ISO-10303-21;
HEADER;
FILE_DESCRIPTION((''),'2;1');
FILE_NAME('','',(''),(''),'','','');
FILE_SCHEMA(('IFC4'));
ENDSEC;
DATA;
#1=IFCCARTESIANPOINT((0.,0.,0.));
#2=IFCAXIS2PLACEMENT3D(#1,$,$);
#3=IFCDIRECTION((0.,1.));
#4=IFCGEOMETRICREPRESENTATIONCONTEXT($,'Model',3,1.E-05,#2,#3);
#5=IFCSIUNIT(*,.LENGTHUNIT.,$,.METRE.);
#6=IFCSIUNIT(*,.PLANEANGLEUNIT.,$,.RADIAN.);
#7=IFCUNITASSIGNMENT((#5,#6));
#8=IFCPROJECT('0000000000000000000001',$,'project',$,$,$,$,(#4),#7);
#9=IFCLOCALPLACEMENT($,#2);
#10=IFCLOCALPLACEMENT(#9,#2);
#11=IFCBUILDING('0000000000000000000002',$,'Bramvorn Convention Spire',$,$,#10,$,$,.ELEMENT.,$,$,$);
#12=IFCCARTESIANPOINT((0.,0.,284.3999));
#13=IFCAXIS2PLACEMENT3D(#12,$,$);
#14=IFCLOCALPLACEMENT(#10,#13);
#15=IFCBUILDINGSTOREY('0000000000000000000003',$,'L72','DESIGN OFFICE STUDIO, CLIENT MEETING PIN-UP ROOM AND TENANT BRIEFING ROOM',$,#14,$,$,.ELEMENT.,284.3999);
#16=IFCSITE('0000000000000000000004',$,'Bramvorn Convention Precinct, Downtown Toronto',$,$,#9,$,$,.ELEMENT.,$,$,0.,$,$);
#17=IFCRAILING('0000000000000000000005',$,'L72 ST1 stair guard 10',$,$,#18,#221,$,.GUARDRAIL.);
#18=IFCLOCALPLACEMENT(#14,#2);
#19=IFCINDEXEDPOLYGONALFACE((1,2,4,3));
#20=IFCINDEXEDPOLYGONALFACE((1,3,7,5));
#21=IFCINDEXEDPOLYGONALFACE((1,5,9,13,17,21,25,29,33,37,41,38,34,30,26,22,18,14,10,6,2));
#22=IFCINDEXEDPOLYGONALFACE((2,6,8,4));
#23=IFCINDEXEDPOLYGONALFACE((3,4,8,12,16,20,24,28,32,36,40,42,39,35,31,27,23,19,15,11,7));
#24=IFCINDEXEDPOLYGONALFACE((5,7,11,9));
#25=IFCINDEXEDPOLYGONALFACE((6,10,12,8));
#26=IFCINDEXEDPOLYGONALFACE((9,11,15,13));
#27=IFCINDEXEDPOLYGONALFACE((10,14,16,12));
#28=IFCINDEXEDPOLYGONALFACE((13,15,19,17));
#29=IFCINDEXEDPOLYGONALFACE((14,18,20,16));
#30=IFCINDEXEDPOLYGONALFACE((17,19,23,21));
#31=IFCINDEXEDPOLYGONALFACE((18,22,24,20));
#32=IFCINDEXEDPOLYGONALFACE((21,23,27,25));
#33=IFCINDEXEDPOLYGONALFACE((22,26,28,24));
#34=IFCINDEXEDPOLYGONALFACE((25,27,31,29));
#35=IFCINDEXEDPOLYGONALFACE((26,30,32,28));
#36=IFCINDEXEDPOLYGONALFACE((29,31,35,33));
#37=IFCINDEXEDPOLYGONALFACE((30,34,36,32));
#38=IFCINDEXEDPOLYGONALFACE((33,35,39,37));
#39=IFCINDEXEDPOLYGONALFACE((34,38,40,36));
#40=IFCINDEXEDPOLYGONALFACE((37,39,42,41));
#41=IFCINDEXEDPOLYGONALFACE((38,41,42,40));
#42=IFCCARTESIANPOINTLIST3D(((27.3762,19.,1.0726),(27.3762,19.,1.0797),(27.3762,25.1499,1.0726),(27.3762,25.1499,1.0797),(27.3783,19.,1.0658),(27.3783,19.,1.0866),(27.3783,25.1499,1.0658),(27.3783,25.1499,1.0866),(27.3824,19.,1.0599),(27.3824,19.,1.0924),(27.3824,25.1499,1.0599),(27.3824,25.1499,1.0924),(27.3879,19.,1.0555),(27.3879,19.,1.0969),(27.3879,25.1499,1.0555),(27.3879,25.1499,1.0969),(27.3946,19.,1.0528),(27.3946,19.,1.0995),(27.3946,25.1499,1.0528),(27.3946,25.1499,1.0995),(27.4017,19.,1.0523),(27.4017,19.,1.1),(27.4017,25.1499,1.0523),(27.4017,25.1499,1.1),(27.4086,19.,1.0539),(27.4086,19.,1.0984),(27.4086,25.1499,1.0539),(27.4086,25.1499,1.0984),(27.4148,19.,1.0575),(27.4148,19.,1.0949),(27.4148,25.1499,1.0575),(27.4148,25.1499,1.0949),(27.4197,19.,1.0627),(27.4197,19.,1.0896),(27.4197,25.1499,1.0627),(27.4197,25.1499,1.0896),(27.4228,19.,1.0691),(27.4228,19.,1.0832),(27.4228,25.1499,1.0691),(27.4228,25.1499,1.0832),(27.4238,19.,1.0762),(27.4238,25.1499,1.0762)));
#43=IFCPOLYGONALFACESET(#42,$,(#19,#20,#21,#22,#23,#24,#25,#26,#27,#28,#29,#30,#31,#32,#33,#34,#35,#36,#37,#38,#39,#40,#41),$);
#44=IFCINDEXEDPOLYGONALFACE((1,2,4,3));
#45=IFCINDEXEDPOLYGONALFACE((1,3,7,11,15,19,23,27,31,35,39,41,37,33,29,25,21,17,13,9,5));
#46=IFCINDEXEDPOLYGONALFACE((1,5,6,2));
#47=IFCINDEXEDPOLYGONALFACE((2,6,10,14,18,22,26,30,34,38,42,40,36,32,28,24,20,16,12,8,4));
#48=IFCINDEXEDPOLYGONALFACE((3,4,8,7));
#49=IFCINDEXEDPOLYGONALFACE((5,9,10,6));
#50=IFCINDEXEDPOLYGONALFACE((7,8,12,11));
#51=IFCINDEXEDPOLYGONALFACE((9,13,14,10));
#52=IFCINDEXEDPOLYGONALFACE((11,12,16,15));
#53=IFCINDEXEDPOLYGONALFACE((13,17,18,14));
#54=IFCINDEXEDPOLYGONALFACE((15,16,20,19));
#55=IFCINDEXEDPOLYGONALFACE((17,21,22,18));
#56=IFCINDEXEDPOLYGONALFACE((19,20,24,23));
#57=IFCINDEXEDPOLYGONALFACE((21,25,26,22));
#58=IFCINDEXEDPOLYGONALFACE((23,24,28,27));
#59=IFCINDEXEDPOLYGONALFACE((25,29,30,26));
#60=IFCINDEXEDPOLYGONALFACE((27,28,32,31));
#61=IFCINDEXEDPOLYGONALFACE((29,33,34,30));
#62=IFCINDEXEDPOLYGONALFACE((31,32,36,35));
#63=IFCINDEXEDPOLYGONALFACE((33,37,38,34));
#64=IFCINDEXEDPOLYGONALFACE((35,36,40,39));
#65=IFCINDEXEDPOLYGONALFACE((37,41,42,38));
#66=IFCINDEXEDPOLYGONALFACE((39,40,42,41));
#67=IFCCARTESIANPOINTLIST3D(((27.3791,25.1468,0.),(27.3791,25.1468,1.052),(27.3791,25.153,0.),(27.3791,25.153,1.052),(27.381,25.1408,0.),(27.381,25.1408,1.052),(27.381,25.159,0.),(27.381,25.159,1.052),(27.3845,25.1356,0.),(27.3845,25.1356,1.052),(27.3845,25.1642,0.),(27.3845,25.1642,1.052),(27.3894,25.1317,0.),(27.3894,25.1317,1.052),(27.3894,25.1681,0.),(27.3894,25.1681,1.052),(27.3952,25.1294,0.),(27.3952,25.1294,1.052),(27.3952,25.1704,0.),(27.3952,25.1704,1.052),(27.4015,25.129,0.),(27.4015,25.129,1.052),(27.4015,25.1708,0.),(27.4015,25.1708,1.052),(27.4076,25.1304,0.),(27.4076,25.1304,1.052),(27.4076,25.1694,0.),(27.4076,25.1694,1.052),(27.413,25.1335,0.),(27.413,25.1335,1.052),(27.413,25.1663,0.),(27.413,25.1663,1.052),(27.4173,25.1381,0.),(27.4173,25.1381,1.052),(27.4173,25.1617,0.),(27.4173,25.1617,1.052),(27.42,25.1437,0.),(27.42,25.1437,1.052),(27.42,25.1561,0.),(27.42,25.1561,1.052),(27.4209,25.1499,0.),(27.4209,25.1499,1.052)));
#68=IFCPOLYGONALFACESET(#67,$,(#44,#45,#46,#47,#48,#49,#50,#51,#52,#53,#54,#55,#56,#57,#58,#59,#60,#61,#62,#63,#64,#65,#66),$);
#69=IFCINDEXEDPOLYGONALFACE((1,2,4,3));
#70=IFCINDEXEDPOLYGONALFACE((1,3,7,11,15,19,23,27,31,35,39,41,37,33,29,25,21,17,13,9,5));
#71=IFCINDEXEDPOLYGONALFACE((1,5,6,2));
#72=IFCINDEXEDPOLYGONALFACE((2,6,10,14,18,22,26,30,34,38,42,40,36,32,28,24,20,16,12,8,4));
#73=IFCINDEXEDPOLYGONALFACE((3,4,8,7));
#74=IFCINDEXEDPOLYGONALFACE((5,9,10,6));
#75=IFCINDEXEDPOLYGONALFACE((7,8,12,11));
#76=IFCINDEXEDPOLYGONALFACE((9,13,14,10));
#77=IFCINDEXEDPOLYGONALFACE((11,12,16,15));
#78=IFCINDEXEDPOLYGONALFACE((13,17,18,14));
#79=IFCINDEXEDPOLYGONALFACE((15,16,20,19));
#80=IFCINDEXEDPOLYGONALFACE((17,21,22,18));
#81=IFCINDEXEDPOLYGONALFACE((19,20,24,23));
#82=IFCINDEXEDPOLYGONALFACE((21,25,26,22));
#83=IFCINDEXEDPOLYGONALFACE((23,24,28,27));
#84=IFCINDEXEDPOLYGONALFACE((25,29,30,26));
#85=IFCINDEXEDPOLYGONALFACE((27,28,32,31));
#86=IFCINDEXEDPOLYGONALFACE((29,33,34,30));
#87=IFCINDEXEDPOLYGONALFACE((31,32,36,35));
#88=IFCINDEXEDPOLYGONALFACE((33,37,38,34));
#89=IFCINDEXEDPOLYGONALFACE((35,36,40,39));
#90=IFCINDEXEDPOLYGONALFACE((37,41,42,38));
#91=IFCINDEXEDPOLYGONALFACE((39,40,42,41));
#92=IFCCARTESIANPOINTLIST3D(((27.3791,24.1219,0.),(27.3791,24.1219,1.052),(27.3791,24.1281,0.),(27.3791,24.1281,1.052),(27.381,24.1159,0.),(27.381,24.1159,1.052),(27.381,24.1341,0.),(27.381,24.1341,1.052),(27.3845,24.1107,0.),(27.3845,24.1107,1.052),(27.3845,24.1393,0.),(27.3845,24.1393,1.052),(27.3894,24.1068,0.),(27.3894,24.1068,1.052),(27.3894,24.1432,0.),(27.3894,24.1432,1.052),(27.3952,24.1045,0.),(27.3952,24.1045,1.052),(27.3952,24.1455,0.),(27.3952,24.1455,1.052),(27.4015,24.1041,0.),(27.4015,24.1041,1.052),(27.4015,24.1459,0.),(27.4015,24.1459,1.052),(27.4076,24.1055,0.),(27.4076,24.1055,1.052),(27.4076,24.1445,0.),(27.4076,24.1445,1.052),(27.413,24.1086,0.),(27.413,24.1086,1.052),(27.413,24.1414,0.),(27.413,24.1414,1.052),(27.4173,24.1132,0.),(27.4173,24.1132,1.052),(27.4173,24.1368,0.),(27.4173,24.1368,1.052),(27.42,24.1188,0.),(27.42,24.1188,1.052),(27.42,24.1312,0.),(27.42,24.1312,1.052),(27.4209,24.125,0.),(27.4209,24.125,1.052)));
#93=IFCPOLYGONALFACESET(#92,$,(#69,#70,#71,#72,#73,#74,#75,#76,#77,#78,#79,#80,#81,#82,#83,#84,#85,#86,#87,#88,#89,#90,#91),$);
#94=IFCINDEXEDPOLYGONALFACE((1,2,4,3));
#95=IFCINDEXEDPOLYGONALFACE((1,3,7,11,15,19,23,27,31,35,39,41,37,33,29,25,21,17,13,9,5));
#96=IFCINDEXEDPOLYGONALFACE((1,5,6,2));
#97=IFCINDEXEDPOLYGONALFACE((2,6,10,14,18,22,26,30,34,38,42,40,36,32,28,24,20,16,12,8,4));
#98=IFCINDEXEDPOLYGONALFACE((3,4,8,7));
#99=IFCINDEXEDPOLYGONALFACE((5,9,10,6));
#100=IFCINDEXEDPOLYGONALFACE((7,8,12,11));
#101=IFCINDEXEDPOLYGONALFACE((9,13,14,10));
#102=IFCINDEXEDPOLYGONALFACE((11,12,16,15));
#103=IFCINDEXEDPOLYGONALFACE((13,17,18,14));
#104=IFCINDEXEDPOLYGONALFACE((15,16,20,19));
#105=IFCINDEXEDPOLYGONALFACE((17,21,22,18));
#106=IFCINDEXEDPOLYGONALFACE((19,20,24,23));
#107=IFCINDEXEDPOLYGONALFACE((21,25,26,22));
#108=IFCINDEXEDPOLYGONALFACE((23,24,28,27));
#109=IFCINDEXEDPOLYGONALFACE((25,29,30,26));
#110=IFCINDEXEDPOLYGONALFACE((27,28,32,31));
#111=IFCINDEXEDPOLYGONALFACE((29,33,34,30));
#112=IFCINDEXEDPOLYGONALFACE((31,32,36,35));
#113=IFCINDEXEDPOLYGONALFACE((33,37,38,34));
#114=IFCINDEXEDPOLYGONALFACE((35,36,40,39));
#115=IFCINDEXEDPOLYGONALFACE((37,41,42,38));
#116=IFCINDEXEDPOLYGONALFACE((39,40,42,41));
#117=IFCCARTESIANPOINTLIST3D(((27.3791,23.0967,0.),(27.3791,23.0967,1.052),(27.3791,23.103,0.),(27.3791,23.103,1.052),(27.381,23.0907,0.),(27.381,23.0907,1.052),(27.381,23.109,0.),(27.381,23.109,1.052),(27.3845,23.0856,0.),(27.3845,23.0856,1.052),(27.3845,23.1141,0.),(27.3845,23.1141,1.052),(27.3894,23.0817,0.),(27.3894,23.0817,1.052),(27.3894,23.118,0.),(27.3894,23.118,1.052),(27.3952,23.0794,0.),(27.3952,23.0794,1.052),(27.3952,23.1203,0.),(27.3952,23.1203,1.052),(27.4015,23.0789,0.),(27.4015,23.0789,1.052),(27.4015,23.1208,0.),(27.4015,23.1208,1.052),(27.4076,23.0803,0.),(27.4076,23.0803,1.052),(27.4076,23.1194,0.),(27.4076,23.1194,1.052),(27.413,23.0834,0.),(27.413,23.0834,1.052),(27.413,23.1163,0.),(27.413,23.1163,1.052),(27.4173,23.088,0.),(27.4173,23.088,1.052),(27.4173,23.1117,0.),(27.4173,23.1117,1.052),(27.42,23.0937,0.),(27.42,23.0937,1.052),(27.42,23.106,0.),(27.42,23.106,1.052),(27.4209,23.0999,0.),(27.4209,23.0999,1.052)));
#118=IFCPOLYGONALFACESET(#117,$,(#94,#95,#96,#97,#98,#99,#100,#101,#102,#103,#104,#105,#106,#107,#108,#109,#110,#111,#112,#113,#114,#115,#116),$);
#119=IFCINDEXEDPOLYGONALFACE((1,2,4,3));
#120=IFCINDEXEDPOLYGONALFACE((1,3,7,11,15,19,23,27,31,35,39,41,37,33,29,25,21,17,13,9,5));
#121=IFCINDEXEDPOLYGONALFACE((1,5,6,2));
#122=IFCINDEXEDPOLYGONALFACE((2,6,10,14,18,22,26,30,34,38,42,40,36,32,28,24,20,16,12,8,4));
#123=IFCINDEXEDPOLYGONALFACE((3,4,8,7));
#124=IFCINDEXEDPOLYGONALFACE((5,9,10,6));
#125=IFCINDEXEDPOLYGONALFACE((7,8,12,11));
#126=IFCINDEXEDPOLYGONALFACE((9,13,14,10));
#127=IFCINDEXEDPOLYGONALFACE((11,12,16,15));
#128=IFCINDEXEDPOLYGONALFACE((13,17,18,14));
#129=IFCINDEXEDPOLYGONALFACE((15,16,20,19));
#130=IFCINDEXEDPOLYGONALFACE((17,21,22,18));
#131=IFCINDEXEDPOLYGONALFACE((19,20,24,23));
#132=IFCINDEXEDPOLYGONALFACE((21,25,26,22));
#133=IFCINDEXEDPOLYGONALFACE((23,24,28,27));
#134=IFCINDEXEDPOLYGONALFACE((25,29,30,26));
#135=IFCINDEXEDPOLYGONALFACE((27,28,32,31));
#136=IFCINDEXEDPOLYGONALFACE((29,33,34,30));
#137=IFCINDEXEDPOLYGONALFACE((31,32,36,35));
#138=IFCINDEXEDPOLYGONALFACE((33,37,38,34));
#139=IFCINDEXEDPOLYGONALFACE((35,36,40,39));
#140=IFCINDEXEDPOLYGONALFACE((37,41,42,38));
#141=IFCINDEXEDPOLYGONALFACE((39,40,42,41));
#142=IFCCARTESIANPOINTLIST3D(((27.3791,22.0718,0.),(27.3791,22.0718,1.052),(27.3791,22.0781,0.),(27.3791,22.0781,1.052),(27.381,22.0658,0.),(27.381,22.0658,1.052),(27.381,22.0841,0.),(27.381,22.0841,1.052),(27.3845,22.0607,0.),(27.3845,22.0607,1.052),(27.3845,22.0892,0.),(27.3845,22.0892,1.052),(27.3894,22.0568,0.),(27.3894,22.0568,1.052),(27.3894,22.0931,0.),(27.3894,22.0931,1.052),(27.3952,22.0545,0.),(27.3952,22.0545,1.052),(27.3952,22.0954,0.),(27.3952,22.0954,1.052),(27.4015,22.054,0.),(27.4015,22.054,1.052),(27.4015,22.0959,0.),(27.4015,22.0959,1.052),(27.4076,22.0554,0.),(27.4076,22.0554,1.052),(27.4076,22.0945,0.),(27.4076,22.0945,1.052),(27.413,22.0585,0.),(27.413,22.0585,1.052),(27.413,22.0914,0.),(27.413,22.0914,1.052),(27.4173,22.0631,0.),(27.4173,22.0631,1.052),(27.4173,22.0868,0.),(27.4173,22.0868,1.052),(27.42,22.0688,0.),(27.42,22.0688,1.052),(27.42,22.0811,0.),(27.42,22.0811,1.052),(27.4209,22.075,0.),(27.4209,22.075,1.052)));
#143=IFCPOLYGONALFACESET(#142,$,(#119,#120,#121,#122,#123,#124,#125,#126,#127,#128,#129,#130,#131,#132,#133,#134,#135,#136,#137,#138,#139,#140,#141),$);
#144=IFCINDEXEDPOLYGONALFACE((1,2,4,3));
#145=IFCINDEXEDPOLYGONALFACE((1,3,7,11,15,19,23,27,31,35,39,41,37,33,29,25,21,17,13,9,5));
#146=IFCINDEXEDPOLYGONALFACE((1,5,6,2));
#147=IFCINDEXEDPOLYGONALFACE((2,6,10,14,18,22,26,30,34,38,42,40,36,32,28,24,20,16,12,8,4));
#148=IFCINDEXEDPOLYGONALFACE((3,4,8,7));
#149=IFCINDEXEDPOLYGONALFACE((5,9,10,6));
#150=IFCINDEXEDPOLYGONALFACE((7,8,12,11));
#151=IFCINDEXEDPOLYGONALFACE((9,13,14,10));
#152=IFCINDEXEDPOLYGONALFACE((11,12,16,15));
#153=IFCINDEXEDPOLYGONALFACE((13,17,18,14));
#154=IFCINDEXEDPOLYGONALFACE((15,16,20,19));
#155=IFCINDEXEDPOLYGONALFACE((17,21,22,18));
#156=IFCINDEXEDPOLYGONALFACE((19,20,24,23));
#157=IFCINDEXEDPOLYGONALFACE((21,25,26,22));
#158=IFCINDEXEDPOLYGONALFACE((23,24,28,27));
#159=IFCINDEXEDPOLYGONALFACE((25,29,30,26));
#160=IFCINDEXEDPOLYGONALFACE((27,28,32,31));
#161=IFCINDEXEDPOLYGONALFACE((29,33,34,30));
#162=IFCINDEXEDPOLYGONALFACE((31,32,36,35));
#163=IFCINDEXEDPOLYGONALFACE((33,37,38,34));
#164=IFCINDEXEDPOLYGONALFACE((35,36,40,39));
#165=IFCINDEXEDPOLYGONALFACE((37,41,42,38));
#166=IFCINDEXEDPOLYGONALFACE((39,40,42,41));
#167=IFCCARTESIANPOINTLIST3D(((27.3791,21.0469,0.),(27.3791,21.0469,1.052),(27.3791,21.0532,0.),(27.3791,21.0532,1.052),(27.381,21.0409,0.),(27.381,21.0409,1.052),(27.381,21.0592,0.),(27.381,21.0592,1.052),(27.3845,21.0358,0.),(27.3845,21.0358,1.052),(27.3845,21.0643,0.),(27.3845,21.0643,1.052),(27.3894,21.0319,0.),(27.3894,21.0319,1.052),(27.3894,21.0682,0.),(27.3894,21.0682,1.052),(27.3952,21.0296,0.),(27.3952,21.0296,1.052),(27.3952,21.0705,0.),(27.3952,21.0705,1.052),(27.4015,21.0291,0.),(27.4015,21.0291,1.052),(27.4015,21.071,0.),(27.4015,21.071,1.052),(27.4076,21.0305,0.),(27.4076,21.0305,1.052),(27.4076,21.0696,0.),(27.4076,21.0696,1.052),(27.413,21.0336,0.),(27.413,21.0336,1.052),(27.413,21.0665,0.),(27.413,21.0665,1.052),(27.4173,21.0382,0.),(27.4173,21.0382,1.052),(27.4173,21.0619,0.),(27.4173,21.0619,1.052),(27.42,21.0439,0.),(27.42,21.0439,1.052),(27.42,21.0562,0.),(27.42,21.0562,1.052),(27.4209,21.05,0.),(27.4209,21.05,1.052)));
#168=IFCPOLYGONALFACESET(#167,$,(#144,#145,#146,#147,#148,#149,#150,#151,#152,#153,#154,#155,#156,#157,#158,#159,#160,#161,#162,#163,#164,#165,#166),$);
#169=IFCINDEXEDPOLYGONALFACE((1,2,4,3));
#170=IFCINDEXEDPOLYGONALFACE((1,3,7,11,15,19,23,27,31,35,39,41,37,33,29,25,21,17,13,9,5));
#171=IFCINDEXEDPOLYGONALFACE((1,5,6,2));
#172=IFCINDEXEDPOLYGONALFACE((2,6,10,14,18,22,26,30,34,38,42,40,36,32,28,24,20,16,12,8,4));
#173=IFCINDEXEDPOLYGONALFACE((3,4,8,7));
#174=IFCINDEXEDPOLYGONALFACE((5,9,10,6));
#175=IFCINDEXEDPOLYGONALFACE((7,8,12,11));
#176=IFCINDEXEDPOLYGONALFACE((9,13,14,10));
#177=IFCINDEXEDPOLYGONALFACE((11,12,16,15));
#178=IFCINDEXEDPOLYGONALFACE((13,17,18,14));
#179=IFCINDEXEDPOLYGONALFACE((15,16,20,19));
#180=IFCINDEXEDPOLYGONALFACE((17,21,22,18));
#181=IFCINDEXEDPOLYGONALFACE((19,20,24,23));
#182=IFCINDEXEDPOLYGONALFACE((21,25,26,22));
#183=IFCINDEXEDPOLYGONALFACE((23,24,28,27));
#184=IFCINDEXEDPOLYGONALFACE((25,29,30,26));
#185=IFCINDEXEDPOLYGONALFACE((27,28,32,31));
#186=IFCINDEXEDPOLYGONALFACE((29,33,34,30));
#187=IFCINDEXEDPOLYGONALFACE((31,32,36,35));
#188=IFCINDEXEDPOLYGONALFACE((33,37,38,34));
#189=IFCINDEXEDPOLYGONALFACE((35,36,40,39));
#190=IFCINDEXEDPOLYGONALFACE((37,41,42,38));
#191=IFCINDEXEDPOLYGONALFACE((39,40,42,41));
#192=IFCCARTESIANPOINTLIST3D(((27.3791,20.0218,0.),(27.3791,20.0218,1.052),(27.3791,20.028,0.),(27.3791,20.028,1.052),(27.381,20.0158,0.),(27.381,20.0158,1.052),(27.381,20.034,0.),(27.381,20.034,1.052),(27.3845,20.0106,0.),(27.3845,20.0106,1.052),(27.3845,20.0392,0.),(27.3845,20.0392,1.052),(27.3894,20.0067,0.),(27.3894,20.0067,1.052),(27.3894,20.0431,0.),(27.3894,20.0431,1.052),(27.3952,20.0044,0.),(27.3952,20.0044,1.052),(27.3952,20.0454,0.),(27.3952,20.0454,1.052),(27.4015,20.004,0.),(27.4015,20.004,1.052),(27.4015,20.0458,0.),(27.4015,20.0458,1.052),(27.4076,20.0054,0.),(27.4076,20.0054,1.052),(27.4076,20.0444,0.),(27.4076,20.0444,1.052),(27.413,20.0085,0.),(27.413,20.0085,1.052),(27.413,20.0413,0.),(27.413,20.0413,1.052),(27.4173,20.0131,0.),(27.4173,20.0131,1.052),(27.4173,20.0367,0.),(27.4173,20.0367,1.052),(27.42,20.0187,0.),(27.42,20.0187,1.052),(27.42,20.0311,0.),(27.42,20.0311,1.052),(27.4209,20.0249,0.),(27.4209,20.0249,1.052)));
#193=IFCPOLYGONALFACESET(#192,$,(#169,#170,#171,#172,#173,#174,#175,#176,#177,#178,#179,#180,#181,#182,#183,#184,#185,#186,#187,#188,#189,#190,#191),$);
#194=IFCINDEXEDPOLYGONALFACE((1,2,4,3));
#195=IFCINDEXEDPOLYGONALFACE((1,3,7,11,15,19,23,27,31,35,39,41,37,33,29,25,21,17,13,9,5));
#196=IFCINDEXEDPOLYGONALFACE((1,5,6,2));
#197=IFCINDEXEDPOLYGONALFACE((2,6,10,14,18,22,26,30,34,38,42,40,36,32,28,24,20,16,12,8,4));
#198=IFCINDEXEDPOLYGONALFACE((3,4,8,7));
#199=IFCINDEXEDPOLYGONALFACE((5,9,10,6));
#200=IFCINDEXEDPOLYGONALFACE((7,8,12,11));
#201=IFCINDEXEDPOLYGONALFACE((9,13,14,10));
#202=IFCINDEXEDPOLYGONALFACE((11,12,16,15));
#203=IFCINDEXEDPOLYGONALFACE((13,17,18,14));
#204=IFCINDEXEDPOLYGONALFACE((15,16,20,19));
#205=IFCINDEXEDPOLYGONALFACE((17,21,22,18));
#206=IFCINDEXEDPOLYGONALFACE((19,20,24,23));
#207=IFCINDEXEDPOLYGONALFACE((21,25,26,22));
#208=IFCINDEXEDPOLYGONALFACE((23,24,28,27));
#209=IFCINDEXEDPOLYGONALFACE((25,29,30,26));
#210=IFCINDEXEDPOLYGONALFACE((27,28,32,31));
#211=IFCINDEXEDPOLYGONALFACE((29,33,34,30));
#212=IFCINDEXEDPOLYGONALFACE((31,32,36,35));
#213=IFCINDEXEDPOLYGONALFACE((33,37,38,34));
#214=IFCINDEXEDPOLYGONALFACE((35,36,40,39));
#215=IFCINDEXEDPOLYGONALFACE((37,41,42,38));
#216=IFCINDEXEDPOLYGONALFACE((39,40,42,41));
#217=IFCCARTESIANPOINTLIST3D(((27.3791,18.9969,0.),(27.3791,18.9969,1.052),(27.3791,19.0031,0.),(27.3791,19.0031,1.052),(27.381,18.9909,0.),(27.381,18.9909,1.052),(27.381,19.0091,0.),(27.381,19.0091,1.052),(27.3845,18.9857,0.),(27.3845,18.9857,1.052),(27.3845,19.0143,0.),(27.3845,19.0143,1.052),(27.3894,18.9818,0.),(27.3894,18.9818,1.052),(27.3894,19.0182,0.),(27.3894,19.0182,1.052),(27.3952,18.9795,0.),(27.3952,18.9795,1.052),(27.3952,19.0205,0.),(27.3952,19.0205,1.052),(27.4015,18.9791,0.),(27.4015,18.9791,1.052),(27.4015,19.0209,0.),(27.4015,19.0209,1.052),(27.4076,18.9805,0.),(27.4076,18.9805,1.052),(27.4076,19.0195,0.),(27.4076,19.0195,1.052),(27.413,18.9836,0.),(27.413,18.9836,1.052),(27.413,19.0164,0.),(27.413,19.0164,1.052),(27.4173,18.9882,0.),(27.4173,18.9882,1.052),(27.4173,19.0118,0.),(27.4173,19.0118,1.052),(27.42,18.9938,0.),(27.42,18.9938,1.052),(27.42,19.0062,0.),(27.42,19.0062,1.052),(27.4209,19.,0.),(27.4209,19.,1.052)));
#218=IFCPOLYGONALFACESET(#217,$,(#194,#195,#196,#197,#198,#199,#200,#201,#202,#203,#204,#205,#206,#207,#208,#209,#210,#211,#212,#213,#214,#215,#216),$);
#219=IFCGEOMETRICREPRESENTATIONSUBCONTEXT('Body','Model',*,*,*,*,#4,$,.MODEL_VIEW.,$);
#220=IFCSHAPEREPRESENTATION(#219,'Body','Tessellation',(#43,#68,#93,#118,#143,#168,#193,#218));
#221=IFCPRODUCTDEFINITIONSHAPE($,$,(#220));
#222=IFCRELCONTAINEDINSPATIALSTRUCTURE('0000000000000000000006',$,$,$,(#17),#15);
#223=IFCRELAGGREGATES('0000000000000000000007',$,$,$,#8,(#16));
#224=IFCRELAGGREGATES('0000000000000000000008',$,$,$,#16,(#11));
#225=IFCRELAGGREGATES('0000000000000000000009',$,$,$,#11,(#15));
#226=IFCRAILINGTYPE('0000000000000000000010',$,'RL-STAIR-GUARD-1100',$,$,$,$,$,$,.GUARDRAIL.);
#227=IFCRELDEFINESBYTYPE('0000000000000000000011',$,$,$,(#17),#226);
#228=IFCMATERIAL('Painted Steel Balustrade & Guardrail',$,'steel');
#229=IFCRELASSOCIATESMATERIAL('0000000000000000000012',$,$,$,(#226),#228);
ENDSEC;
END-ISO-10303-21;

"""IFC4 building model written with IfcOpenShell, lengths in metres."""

from ifc_helpers import new_model, si_unit, direction, frame, origin, origin_2d, place, context, subcontext, project, spatial, circle, extrude, material, type_object, element, save


model = new_model("IFC4")

# Units and contexts
model_context = context("Model", 3, precision=1e-05, world=origin(), true_north=direction((0.0, 1.0)))
body_context = subcontext(model_context, "Body", "Model", "MODEL_VIEW")
ifc_project = project(units=[si_unit("LENGTHUNIT", "METRE"), si_unit("PLANEANGLEUNIT", "RADIAN")], contexts=[model_context])

# Site, building, storey
site_placement = place(None, origin())
site = spatial("IfcSite", under=ifc_project, at=site_placement, Name="Bramvorn Convention Precinct, Downtown Toronto", CompositionType="ELEMENT", RefElevation=0.0)
building_placement = place(site_placement, origin())
building = spatial("IfcBuilding", under=site, at=building_placement, Name="Bramvorn Convention Spire", CompositionType="ELEMENT")
storey_placement = place(building_placement, frame((0.0, 0.0, 284.3999)))
storey = spatial("IfcBuildingStorey", under=building, at=storey_placement, Name="L72", Description="DESIGN OFFICE STUDIO, CLIENT MEETING PIN-UP ROOM AND TENANT BRIEFING ROOM", CompositionType="ELEMENT", Elevation=284.3999)

# Railing
ifc_material_1 = material(Name="Painted Steel Balustrade & Guardrail", Category="steel")
railing_type = type_object("IfcRailingType", Name="RL-STAIR-GUARD-1100", PredefinedType="GUARDRAIL", material=ifc_material_1)
railing_1_placement = place(storey_placement, frame((27.3999, 25.1499, 0.0)))
element("IfcRailing", 1, at=railing_1_placement, inside=storey, type_object=railing_type, Name="L72 ST1 stair guard 10", PredefinedType="GUARDRAIL", context=body_context, shape_type="SweptSolid", body=[
    extrude(circle(Radius=0.0239, at=origin_2d()), frame((0.0, 0.0, 1.0762), z_axis=(0.0, -1.0, 0.0), x_axis=(1.0, 0.0, 0.0)), (0.0, 0.0, 1.0), 6.1499),
    extrude(circle(Radius=0.021, at=origin_2d()), origin(), (0.0, 0.0, 1.0), 1.052),
    extrude(circle(Radius=0.021, at=origin_2d()), frame((0.0, -1.0249, 0.0)), (0.0, 0.0, 1.0), 1.052),
    extrude(circle(Radius=0.021, at=origin_2d()), frame((0.0, -2.05, 0.0)), (0.0, 0.0, 1.0), 1.052),
    extrude(circle(Radius=0.021, at=origin_2d()), frame((0.0, -3.075, 0.0)), (0.0, 0.0, 1.0), 1.052),
    extrude(circle(Radius=0.021, at=origin_2d()), frame((0.0, -4.0999, 0.0)), (0.0, 0.0, 1.0), 1.052),
    extrude(circle(Radius=0.021, at=origin_2d()), frame((0.0, -5.125, 0.0)), (0.0, 0.0, 1.0), 1.052),
    extrude(circle(Radius=0.021, at=origin_2d()), frame((0.0, -6.1499, 0.0)), (0.0, 0.0, 1.0), 1.052),
])

save(model, "model.ifc")
